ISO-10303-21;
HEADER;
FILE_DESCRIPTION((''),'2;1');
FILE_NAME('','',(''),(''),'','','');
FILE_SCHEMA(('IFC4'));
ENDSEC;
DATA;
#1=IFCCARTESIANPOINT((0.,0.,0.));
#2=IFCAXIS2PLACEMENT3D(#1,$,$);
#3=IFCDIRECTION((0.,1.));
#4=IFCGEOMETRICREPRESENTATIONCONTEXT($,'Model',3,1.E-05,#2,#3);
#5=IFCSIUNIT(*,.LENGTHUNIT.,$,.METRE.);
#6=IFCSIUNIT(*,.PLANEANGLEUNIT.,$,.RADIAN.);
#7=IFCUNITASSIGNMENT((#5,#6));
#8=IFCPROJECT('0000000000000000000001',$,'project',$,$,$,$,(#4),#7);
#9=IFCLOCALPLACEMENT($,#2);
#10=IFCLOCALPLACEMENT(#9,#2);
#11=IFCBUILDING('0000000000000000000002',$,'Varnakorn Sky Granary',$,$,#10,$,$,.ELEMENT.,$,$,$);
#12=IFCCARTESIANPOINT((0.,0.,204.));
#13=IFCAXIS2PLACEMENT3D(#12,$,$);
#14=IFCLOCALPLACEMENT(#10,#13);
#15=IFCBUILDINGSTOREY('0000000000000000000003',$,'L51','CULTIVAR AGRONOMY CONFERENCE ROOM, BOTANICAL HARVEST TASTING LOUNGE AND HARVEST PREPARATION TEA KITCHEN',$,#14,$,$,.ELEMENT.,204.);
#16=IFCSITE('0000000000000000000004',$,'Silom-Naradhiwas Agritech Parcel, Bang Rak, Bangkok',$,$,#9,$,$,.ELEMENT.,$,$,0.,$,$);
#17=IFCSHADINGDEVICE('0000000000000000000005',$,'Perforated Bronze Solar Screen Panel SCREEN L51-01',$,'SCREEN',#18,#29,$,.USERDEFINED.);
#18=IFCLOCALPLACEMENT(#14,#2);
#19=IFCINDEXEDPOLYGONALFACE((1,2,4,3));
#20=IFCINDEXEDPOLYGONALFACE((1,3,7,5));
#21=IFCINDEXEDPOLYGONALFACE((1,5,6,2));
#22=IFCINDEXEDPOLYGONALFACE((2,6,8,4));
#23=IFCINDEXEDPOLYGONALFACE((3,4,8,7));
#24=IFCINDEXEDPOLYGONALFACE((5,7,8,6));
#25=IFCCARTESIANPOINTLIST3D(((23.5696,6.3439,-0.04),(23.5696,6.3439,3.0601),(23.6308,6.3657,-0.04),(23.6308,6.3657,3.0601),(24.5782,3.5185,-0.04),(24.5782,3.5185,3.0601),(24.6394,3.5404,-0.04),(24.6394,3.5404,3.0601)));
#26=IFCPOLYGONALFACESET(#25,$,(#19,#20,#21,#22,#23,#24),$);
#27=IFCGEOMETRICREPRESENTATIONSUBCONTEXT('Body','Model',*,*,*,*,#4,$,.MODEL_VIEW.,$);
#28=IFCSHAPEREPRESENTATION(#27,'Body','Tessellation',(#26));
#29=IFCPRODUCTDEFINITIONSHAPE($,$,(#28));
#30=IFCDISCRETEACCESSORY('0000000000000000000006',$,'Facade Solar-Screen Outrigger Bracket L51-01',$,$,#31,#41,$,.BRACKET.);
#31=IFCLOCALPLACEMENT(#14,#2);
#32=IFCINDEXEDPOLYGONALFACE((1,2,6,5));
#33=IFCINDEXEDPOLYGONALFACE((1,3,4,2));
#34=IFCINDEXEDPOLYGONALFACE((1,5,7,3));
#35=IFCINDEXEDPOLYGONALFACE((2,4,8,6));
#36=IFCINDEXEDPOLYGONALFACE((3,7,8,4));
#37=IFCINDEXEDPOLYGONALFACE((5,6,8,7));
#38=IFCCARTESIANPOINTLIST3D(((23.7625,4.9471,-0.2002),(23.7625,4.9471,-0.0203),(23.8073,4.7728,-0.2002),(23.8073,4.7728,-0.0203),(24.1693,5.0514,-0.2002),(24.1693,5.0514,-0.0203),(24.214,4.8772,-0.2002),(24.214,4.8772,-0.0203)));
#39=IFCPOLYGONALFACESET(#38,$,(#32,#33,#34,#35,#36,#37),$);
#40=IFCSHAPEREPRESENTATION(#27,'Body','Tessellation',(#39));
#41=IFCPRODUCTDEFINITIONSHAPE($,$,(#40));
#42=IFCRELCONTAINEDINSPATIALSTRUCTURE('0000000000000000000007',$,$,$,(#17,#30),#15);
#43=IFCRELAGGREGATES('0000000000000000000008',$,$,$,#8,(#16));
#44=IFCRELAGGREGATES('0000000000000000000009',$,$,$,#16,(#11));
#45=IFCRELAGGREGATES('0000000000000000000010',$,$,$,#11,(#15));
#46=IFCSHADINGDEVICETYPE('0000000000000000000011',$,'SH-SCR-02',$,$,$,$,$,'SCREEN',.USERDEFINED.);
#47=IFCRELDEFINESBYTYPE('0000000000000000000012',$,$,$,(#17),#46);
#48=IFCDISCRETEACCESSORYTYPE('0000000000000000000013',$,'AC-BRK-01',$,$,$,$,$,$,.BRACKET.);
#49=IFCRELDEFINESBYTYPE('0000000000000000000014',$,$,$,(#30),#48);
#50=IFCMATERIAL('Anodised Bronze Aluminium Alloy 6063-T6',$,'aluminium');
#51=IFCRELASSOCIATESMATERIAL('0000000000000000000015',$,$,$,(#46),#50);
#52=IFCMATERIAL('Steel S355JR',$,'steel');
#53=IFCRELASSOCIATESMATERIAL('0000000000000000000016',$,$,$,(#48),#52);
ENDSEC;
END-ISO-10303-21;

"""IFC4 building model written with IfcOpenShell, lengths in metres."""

from ifc_helpers import new_model, si_unit, direction, frame, origin, origin_2d, place, context, subcontext, project, spatial, rectangle, extrude, source, transform, mapped, material, type_object, type_shapes, element, save


model = new_model("IFC4")

# Units and contexts
model_context = context("Model", 3, precision=1e-05, world=origin(), true_north=direction((0.0, 1.0)))
body_context = subcontext(model_context, "Body", "Model", "MODEL_VIEW")
ifc_project = project(units=[si_unit("LENGTHUNIT", "METRE"), si_unit("PLANEANGLEUNIT", "RADIAN")], contexts=[model_context])

# Site, building, storey
site_placement = place(None, origin())
site = spatial("IfcSite", under=ifc_project, at=site_placement, Name="Silom-Naradhiwas Agritech Parcel, Bang Rak, Bangkok", CompositionType="ELEMENT", RefElevation=0.0)
building_placement = place(site_placement, origin())
building = spatial("IfcBuilding", under=site, at=building_placement, Name="Varnakorn Sky Granary", CompositionType="ELEMENT")
storey_placement = place(building_placement, frame((0.0, 0.0, 204.0)))
storey = spatial("IfcBuildingStorey", under=building, at=storey_placement, Name="L51", Description="CULTIVAR AGRONOMY CONFERENCE ROOM, BOTANICAL HARVEST TASTING LOUNGE AND HARVEST PREPARATION TEA KITCHEN", CompositionType="ELEMENT", Elevation=204.0)

# Shared definitions
ifc_material_1 = material(Name="Steel S355JR", Category="steel")

# Shared definitions
ifc_material_2 = material(Name="Anodised Bronze Aluminium Alloy 6063-T6", Category="aluminium")

# Shading device
shading_device_type = type_object("IfcShadingDeviceType", Name="SH-SCR-02", ElementType="SCREEN", PredefinedType="USERDEFINED", material=ifc_material_2)
shared_shape_1 = source(origin(), body_context, "Body", "SweptSolid", [
    extrude(rectangle(XDim=3.0, YDim=0.0649, at=origin_2d()), origin(), (0.0, 0.0, 1.0), 3.1001),
])
type_shapes(shading_device_type, [shared_shape_1])
shading_device_placement = place(storey_placement, frame((24.1045, 4.9421, -0.04), z_axis=(0.0, 0.0, 1.0), x_axis=(-0.336198, 0.941791, 0.0)))
element("IfcShadingDevice", 1, at=shading_device_placement, inside=storey, type_object=shading_device_type, Name="Perforated Bronze Solar Screen Panel SCREEN L51-01", ObjectType="SCREEN", PredefinedType="USERDEFINED", context=body_context, shape_type="MappedRepresentation", body=[
    mapped(shared_shape_1, transform((0.0, 0.0, 0.0), x_axis=(1.0, 0.0, 0.0), y_axis=(0.0, 1.0, 0.0), z_axis=(0.0, 0.0, 1.0), scale=1.0)),
])

# Discrete accessory
discrete_accessory_type = type_object("IfcDiscreteAccessoryType", Name="AC-BRK-01", PredefinedType="BRACKET", material=ifc_material_1)
shared_shape_2 = source(origin(), body_context, "Body", "SweptSolid", [
    extrude(rectangle(XDim=0.1799, YDim=0.4199, at=origin_2d()), origin(), (0.0, 0.0, 1.0), 0.1799),
])
type_shapes(discrete_accessory_type, [shared_shape_2])
discrete_accessory_placement = place(storey_placement, frame((23.9883, 4.9121, -0.2002), z_axis=(0.0, 0.0, 1.0), x_axis=(-0.248613, 0.968603, 0.0)))
element("IfcDiscreteAccessory", 2, at=discrete_accessory_placement, inside=storey, type_object=discrete_accessory_type, Name="Facade Solar-Screen Outrigger Bracket L51-01", PredefinedType="BRACKET", context=body_context, shape_type="MappedRepresentation", body=[
    mapped(shared_shape_2, transform((0.0, 0.0, 0.0), x_axis=(1.0, 0.0, 0.0), y_axis=(0.0, 1.0, 0.0), z_axis=(0.0, 0.0, 1.0), scale=1.0)),
])

save(model, "model.ifc")
